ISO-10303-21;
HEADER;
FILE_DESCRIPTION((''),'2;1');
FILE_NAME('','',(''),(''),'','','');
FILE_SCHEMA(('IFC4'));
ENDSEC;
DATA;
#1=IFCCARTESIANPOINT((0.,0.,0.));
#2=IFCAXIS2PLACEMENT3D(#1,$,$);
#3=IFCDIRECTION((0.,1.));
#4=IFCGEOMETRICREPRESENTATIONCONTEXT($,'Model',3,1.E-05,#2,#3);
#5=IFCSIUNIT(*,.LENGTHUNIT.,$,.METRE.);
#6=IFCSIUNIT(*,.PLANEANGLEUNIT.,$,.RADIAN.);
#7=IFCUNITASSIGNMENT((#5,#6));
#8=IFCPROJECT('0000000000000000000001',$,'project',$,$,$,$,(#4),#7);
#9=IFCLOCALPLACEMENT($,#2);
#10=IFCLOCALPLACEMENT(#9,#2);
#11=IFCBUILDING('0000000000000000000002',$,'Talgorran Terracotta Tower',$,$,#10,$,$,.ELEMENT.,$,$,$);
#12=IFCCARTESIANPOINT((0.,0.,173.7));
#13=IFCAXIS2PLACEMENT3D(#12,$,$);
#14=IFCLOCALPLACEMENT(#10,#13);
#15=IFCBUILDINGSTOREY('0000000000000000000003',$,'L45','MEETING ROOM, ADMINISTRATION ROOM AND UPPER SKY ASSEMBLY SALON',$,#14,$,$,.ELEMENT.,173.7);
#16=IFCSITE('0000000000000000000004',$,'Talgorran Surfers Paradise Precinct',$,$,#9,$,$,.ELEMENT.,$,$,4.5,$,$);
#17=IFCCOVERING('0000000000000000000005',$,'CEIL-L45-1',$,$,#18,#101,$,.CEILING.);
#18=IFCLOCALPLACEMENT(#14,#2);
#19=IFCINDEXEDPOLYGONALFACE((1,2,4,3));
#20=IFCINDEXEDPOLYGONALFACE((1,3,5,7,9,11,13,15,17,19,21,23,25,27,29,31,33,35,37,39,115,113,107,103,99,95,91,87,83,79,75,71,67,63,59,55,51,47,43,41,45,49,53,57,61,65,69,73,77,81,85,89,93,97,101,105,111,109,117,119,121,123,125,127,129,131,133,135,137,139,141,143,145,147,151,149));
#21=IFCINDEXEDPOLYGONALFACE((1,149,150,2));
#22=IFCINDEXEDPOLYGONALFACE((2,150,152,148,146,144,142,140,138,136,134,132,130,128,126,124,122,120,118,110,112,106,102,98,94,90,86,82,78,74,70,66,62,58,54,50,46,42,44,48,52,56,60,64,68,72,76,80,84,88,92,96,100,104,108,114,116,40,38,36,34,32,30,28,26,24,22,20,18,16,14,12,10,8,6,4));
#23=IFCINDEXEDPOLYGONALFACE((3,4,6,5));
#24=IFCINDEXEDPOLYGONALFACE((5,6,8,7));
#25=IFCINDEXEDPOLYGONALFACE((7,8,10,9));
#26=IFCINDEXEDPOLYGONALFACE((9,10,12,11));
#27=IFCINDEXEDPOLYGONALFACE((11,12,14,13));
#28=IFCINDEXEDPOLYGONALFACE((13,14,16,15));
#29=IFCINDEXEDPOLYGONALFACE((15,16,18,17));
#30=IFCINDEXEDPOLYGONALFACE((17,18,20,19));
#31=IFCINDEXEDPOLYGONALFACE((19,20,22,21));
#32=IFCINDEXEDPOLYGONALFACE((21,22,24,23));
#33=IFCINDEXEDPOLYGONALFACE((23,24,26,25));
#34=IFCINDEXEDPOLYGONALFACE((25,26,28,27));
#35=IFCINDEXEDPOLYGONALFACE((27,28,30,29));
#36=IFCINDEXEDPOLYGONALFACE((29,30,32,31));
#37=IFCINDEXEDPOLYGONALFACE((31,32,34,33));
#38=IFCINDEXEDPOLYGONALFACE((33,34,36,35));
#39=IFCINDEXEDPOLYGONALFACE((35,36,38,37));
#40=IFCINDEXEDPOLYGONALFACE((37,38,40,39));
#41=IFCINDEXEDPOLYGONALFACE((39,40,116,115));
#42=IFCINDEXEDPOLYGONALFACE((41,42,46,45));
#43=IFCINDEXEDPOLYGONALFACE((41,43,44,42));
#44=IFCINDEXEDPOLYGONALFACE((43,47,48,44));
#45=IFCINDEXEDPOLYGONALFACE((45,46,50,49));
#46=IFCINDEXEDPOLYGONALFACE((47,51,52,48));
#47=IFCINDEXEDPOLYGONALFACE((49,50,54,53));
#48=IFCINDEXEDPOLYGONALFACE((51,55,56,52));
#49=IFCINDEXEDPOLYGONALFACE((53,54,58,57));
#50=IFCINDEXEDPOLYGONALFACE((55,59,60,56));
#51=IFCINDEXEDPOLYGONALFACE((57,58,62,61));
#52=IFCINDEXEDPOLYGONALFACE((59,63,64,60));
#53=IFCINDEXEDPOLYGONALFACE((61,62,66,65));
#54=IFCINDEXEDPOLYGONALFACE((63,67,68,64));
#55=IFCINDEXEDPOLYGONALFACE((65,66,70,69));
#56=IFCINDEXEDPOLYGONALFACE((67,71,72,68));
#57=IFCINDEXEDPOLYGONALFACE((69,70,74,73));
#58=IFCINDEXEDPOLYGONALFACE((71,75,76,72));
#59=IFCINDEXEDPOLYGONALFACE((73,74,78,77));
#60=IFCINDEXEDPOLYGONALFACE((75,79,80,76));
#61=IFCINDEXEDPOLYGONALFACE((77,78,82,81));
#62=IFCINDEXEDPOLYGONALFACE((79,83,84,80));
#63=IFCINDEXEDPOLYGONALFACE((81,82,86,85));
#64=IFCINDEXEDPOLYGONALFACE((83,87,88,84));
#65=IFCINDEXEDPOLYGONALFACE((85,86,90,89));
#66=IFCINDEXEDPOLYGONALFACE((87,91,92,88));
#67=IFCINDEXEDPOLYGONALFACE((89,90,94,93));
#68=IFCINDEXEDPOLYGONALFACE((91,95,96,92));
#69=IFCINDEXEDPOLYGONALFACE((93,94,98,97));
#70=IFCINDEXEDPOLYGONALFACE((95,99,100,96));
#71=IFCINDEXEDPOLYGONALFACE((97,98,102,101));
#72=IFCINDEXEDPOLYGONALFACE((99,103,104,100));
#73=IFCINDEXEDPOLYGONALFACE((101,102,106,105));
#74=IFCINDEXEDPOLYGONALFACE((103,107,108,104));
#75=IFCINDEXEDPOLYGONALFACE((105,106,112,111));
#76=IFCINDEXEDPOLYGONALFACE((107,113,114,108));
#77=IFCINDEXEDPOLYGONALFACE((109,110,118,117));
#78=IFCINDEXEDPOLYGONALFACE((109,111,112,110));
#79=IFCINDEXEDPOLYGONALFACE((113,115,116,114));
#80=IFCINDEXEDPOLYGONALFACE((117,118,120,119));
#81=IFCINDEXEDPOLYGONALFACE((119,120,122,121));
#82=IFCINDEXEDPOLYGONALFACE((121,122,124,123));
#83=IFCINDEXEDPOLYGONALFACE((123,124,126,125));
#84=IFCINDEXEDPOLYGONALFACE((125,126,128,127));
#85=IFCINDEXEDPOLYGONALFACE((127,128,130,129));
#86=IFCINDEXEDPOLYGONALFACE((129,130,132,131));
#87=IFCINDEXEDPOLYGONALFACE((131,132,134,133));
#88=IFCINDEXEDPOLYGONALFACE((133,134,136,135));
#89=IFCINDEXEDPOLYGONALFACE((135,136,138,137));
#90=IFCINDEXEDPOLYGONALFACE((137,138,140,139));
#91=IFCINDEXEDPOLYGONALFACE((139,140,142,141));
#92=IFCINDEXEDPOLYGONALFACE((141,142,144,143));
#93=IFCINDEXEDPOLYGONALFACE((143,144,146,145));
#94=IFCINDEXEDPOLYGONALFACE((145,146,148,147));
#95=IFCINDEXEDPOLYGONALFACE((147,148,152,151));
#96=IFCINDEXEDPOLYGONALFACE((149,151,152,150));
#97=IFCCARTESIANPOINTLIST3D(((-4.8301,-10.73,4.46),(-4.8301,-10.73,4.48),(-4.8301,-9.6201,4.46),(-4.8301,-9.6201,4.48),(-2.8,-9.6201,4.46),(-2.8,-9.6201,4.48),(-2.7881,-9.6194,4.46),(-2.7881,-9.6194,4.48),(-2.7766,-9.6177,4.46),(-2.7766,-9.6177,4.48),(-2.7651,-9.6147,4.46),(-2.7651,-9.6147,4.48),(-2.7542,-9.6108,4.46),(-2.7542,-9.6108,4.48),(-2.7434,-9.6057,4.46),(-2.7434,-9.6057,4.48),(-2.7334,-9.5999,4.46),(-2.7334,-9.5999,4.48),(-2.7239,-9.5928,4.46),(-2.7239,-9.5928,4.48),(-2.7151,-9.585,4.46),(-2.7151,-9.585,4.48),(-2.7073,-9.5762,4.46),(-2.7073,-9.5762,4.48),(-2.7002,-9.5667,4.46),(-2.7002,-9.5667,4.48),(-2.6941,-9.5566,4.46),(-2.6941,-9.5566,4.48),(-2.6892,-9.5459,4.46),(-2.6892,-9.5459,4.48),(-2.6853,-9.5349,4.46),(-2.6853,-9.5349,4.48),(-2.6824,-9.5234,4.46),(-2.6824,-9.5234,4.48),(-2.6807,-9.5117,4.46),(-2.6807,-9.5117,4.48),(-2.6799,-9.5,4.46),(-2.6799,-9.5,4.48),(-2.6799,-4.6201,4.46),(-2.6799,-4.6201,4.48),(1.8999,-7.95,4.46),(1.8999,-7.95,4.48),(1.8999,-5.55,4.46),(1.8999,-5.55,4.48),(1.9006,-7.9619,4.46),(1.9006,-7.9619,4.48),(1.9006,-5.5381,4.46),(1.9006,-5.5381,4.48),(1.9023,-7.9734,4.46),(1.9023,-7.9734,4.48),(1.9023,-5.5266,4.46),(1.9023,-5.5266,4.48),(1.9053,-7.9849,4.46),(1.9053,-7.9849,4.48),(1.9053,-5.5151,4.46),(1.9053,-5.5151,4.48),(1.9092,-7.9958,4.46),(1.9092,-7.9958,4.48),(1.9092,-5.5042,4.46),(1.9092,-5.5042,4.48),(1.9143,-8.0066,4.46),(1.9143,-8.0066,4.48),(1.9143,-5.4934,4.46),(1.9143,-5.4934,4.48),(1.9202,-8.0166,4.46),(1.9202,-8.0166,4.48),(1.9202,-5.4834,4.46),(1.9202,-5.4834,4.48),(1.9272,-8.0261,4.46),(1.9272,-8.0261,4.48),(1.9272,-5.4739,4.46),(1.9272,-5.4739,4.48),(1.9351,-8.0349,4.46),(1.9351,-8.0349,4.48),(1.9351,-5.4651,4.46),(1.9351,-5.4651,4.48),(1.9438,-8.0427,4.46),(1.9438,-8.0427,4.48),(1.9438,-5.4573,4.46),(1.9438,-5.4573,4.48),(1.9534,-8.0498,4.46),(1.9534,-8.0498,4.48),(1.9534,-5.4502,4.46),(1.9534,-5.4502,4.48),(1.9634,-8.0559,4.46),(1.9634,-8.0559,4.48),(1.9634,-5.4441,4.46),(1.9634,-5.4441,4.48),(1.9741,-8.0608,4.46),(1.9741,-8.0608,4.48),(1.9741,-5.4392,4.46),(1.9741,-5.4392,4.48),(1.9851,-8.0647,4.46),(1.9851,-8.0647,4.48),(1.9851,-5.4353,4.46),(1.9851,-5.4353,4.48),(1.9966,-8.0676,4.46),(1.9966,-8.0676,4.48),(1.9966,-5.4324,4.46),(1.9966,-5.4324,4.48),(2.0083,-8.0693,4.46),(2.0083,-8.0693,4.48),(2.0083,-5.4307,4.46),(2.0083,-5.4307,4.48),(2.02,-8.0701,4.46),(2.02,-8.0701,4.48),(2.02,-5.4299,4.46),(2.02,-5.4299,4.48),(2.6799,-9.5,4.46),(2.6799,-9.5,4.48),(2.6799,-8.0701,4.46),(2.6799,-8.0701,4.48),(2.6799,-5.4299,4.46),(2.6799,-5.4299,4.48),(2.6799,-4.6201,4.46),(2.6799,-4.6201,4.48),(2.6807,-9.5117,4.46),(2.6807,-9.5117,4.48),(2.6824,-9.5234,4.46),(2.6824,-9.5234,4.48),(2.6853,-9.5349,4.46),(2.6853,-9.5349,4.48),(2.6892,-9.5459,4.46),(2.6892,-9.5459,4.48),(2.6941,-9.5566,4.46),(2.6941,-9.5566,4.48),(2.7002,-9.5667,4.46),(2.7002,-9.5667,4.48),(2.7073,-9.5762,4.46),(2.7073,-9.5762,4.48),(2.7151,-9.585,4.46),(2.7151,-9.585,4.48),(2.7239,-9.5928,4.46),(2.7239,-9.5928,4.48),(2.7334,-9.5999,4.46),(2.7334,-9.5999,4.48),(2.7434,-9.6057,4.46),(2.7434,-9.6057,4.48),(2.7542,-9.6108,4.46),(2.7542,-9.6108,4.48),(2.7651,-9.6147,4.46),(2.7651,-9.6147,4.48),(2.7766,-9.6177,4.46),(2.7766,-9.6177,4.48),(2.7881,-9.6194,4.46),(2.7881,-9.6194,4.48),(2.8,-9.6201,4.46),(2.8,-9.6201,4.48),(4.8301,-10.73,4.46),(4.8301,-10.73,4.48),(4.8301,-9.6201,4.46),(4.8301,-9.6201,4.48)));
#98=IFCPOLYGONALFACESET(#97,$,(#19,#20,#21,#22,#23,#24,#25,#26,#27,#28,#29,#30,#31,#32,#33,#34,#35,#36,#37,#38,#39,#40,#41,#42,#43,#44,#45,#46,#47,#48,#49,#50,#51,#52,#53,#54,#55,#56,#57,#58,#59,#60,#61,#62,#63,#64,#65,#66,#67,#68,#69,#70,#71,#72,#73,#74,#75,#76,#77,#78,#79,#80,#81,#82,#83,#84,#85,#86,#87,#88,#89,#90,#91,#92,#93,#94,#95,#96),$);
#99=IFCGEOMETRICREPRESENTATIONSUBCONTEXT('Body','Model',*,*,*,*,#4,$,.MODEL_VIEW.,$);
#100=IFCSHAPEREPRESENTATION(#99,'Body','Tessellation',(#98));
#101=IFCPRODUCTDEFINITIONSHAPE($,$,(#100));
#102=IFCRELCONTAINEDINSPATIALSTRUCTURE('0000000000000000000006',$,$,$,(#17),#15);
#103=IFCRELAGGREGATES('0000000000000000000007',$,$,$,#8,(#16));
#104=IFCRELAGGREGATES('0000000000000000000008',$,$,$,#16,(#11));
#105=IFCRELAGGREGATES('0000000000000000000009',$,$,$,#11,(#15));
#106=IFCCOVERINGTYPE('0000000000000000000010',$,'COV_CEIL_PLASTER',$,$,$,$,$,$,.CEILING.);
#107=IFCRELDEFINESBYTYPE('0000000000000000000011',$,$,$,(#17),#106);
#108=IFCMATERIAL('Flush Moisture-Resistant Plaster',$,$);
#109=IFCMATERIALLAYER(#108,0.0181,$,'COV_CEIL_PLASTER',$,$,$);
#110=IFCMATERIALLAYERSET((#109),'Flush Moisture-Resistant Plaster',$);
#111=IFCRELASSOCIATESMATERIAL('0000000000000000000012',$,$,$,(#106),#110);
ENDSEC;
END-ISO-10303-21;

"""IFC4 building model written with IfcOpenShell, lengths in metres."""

from ifc_helpers import new_model, si_unit, direction, frame, origin, place, context, subcontext, project, spatial, polyline, outline, extrude, material, layer, layer_set, type_object, element, save


model = new_model("IFC4")

# Units and contexts
model_context = context("Model", 3, precision=1e-05, world=origin(), true_north=direction((0.0, 1.0)))
body_context = subcontext(model_context, "Body", "Model", "MODEL_VIEW")
ifc_project = project(units=[si_unit("LENGTHUNIT", "METRE"), si_unit("PLANEANGLEUNIT", "RADIAN")], contexts=[model_context])

# Site, building, storey
site_placement = place(None, origin())
site = spatial("IfcSite", under=ifc_project, at=site_placement, Name="Talgorran Surfers Paradise Precinct", CompositionType="ELEMENT", RefElevation=4.5)
building_placement = place(site_placement, origin())
building = spatial("IfcBuilding", under=site, at=building_placement, Name="Talgorran Terracotta Tower", CompositionType="ELEMENT")
storey_placement = place(building_placement, frame((0.0, 0.0, 173.7)))
storey = spatial("IfcBuildingStorey", under=building, at=storey_placement, Name="L45", Description="MEETING ROOM, ADMINISTRATION ROOM AND UPPER SKY ASSEMBLY SALON", CompositionType="ELEMENT", Elevation=173.7)

# Covering
ifc_material_1 = material(Name="Flush Moisture-Resistant Plaster")
ifc_layer_1 = layer(ifc_material_1, 0.0181, Name="COV_CEIL_PLASTER")
ifc_layer_set_1 = layer_set([ifc_layer_1], Name="Flush Moisture-Resistant Plaster")
covering_type_1 = type_object("IfcCoveringType", Name="COV_CEIL_PLASTER", PredefinedType="CEILING", material=ifc_layer_set_1)
covering_1_placement = place(storey_placement, frame((0.0, 0.0, 4.46)))
element("IfcCovering", 1, at=covering_1_placement, inside=storey, type_object=covering_type_1, Name="CEIL-L45-1", PredefinedType="CEILING", context=body_context, shape_type="SweptSolid", body=[
    extrude(outline(polyline([(4.8301, -9.6201), (4.8301, -10.73), (-4.8301, -10.73), (-4.8301, -9.6201), (-2.8, -9.6201), (-2.7881, -9.6194), (-2.7766, -9.6177), (-2.7651, -9.6147), (-2.7542, -9.6108), (-2.7434, -9.6057), (-2.7334, -9.5999), (-2.7239, -9.5928), (-2.7151, -9.585), (-2.7073, -9.5762), (-2.7002, -9.5667), (-2.6941, -9.5566), (-2.6892, -9.5459), (-2.6853, -9.5349), (-2.6824, -9.5234), (-2.6807, -9.5117), (-2.6799, -9.5), (-2.6799, -4.6201), (2.6799, -4.6201), (2.6799, -5.4299), (2.02, -5.4299), (2.0083, -5.4307), (1.9966, -5.4324), (1.9851, -5.4353), (1.9741, -5.4392), (1.9634, -5.4441), (1.9534, -5.4502), (1.9438, -5.4573), (1.9351, -5.4651), (1.9272, -5.4739), (1.9202, -5.4834), (1.9143, -5.4934), (1.9092, -5.5042), (1.9053, -5.5151), (1.9023, -5.5266), (1.9006, -5.5381), (1.8999, -5.55), (1.8999, -7.95), (1.9006, -7.9619), (1.9023, -7.9734), (1.9053, -7.9849), (1.9092, -7.9958), (1.9143, -8.0066), (1.9202, -8.0166), (1.9272, -8.0261), (1.9351, -8.0349), (1.9438, -8.0427), (1.9534, -8.0498), (1.9634, -8.0559), (1.9741, -8.0608), (1.9851, -8.0647), (1.9966, -8.0676), (2.0083, -8.0693), (2.02, -8.0701), (2.6799, -8.0701), (2.6799, -9.5), (2.6807, -9.5117), (2.6824, -9.5234), (2.6853, -9.5349), (2.6892, -9.5459), (2.6941, -9.5566), (2.7002, -9.5667), (2.7073, -9.5762), (2.7151, -9.585), (2.7239, -9.5928), (2.7334, -9.5999), (2.7434, -9.6057), (2.7542, -9.6108), (2.7651, -9.6147), (2.7766, -9.6177), (2.7881, -9.6194), (2.8, -9.6201), (4.8301, -9.6201)])), origin(), (0.0, 0.0, 1.0), 0.02),
])

save(model, "model.ifc")
